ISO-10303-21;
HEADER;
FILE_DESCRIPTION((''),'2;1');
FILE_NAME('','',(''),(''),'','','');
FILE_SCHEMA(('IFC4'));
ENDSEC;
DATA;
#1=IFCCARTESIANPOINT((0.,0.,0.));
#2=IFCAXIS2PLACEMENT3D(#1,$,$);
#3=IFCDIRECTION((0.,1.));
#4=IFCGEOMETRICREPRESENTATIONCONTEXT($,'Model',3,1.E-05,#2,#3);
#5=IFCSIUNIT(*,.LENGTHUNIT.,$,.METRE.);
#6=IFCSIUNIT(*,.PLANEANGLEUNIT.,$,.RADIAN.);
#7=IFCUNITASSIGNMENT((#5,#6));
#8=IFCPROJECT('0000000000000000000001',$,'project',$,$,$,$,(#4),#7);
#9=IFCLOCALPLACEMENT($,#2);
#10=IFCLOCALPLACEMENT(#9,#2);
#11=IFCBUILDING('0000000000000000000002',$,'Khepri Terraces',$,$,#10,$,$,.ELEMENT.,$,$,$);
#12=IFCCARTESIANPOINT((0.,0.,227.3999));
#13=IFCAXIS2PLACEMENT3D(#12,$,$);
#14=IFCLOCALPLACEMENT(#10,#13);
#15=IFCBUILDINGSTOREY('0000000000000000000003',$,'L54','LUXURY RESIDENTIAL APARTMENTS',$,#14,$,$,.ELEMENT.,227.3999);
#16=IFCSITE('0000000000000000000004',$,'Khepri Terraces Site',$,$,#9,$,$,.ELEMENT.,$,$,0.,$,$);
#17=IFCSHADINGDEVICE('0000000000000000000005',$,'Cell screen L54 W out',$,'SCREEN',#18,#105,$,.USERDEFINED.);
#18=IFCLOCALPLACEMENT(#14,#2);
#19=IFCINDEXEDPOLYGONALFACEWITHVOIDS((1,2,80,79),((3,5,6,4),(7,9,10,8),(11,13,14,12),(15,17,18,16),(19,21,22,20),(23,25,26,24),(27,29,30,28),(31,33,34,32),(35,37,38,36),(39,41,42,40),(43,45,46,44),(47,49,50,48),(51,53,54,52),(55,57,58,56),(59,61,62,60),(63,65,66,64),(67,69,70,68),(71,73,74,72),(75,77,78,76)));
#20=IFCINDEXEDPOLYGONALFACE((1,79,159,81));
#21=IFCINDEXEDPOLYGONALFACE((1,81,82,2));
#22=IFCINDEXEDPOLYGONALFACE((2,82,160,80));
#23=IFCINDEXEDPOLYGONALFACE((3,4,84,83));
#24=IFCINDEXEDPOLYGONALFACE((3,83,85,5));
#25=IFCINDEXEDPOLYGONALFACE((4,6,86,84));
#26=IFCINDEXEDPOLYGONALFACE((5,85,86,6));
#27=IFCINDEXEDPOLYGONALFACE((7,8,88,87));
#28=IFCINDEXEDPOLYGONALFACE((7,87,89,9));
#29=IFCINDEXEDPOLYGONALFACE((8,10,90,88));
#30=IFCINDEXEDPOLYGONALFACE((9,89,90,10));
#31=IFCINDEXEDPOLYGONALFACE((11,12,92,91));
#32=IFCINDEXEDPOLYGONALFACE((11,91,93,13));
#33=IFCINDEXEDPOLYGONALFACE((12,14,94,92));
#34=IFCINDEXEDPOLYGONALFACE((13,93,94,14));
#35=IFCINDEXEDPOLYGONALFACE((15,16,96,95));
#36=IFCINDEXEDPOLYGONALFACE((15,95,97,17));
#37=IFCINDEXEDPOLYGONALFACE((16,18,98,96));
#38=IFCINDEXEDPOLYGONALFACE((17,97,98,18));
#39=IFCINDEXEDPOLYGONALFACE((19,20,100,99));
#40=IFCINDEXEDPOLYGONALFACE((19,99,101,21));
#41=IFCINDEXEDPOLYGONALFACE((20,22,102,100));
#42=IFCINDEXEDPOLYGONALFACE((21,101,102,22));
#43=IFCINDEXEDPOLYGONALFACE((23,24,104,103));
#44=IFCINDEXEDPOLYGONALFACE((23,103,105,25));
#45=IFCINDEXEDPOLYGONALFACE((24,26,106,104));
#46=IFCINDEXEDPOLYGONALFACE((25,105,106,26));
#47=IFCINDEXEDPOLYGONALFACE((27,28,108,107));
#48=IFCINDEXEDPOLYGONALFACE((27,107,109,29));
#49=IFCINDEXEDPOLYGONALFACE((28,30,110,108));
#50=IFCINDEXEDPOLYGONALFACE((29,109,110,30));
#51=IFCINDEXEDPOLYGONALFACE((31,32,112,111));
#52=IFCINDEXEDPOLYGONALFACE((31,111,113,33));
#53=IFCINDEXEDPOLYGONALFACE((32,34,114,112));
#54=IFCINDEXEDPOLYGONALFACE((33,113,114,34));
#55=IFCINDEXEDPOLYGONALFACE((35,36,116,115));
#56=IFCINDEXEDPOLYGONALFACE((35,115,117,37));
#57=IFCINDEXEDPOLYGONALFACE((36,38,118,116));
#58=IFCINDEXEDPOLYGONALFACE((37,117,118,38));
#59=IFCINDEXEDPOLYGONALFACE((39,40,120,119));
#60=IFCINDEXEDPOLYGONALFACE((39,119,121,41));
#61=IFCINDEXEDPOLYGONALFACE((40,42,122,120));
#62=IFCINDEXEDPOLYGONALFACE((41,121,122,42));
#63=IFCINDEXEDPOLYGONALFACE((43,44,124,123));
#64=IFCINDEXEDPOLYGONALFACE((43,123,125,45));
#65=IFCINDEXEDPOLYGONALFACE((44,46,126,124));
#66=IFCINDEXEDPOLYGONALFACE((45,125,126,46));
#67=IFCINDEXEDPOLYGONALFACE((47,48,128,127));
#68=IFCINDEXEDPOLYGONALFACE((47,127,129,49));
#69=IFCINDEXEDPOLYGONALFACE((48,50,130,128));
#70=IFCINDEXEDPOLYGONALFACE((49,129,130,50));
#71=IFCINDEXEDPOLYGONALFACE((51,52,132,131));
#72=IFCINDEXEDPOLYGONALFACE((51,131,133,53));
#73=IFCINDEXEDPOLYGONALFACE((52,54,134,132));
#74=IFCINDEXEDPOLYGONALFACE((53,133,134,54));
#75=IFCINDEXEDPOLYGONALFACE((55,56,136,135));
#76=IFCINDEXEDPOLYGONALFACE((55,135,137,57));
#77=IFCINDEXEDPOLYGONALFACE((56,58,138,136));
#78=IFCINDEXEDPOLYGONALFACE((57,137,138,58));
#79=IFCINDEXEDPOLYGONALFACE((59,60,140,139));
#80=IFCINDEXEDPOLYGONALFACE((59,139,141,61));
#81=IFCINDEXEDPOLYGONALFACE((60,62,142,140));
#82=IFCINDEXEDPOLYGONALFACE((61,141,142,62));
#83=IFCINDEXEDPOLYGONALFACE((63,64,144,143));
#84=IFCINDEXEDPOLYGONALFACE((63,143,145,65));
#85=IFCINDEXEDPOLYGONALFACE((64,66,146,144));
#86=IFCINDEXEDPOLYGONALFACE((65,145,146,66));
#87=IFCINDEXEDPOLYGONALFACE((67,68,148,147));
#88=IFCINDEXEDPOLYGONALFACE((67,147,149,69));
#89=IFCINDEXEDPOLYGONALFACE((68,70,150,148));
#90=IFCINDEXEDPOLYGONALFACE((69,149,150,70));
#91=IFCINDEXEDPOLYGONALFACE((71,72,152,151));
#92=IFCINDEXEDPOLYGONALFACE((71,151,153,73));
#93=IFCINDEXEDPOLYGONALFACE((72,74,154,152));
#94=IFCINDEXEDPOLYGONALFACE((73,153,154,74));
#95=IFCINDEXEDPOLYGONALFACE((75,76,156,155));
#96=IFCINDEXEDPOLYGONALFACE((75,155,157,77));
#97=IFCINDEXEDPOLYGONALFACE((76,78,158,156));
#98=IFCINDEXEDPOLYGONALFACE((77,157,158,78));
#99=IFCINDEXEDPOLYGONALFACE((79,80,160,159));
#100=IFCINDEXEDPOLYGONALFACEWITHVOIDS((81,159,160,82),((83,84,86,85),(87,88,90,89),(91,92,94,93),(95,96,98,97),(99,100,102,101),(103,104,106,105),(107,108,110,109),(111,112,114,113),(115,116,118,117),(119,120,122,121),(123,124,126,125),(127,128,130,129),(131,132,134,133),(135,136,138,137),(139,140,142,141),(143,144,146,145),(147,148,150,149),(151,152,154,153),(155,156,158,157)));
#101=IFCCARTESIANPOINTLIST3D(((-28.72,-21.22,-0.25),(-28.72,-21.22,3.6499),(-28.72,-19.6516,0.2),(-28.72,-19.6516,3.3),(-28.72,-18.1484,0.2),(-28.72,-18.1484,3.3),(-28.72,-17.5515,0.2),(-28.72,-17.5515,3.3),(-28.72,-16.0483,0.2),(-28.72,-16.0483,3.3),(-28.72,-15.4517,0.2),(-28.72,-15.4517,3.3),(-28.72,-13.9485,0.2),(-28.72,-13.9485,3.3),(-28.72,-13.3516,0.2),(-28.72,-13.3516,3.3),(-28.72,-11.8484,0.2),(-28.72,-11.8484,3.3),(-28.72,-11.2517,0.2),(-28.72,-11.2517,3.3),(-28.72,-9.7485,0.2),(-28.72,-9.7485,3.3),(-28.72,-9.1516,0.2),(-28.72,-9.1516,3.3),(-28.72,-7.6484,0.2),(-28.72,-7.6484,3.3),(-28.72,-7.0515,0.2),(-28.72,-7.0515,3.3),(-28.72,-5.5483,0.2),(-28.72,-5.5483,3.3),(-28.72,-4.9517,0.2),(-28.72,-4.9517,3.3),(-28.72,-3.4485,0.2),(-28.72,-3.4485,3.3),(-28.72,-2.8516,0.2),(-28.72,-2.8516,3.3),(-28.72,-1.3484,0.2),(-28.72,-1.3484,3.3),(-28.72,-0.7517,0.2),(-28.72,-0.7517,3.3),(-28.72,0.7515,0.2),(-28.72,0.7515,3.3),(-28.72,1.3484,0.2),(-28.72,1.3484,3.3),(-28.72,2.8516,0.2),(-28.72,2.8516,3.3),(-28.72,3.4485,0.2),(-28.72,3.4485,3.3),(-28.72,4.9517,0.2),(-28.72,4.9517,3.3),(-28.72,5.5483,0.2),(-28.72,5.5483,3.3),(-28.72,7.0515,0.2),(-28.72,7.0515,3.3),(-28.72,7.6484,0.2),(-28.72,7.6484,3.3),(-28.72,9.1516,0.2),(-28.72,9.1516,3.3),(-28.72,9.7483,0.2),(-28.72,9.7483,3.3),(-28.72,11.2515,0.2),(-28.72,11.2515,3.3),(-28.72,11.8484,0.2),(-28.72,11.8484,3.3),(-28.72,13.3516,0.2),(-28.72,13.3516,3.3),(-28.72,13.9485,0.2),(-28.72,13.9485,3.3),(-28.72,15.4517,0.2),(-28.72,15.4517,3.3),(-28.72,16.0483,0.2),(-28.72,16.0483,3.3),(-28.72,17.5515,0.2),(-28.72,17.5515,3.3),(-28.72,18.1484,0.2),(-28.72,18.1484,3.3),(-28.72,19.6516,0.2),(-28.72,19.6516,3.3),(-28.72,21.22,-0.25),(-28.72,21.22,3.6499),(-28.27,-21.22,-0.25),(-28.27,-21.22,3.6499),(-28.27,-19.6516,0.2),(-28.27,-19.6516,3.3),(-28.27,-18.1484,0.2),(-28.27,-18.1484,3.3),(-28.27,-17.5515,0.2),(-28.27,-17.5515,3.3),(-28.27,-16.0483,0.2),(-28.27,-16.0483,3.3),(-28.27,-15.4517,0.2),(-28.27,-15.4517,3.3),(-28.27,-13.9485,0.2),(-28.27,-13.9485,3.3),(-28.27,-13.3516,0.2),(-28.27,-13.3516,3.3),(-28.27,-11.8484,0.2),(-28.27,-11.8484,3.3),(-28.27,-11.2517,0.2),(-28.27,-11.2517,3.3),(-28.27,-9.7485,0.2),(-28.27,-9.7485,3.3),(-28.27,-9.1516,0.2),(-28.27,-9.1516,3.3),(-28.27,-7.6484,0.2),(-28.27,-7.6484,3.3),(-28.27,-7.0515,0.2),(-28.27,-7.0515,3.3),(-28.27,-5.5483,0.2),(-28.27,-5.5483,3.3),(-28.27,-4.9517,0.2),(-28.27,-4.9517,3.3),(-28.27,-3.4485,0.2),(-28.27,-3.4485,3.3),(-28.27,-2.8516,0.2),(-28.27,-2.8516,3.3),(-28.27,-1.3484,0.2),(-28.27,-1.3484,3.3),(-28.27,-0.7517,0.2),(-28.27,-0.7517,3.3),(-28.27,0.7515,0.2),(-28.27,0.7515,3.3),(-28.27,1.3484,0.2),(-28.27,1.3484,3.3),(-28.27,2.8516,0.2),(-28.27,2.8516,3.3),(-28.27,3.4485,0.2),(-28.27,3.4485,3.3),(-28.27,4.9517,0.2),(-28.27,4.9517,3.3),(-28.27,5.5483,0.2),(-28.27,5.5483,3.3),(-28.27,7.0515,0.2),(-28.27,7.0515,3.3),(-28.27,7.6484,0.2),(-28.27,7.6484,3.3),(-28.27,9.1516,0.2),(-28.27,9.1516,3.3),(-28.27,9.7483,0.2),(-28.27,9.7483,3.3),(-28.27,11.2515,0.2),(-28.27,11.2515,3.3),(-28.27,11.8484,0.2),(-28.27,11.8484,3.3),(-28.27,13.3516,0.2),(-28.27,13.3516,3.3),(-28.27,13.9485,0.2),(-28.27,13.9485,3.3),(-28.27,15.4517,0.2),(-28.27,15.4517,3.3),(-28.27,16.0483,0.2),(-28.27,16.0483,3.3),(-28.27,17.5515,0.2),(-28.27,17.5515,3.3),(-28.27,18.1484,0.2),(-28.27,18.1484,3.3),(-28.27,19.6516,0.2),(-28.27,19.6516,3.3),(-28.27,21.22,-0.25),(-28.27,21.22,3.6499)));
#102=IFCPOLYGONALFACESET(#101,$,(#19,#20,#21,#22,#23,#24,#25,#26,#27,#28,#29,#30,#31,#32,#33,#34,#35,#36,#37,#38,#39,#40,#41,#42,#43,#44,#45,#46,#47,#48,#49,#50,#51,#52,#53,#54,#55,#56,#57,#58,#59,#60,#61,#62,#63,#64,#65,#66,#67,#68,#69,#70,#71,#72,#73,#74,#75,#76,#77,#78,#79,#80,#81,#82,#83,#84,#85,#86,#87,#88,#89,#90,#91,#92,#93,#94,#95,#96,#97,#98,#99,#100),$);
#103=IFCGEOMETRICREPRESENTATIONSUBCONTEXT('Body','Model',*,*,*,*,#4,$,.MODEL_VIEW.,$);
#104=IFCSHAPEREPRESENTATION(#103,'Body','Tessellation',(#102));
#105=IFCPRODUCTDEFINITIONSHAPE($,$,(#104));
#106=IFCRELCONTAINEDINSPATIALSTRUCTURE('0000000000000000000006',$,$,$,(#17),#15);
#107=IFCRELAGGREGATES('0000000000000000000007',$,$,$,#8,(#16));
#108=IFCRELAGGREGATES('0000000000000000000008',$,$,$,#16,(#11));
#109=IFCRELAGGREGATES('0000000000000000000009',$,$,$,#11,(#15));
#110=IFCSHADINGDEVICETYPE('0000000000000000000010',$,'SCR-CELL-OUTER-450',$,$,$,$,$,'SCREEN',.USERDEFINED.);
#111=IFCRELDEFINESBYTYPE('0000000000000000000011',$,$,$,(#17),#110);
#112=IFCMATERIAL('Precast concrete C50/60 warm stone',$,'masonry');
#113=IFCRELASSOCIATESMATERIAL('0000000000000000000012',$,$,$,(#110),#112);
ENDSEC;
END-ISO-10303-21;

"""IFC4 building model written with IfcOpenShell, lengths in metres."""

from ifc_helpers import new_model, si_unit, direction, frame, origin, place, context, subcontext, project, spatial, polyline, outline, extrude, material, type_object, element, save


model = new_model("IFC4")

# Units and contexts
model_context = context("Model", 3, precision=1e-05, world=origin(), true_north=direction((0.0, 1.0)))
body_context = subcontext(model_context, "Body", "Model", "MODEL_VIEW")
ifc_project = project(units=[si_unit("LENGTHUNIT", "METRE"), si_unit("PLANEANGLEUNIT", "RADIAN")], contexts=[model_context])

# Site, building, storey
site_placement = place(None, origin())
site = spatial("IfcSite", under=ifc_project, at=site_placement, Name="Khepri Terraces Site", CompositionType="ELEMENT", RefElevation=0.0)
building_placement = place(site_placement, origin())
building = spatial("IfcBuilding", under=site, at=building_placement, Name="Khepri Terraces", CompositionType="ELEMENT")
storey_placement = place(building_placement, frame((0.0, 0.0, 227.3999)))
storey = spatial("IfcBuildingStorey", under=building, at=storey_placement, Name="L54", Description="LUXURY RESIDENTIAL APARTMENTS", CompositionType="ELEMENT", Elevation=227.3999)

# Shared definitions
ifc_material_1 = material(Name="Precast concrete C50/60 warm stone", Category="masonry")

# Shading device
shading_device_type_1 = type_object("IfcShadingDeviceType", Name="SCR-CELL-OUTER-450", ElementType="SCREEN", PredefinedType="USERDEFINED", material=ifc_material_1)
shading_device_1_placement = place(storey_placement, frame((-28.27, 21.22, -0.25), z_axis=(-1.0, 0.0, 0.0), x_axis=(0.0, -1.0, 0.0)))
element("IfcShadingDevice", 1, at=shading_device_1_placement, inside=storey, type_object=shading_device_type_1, Name="Cell screen L54 W out", ObjectType="SCREEN", PredefinedType="USERDEFINED", context=body_context, shape_type="SweptSolid", body=[
    extrude(outline(polyline([(0.0, 0.0), (42.4399, 0.0), (42.4399, 3.8999), (0.0, 3.8999), (0.0, 0.0)]), holes=[polyline([(1.5684, 0.45), (3.0715, 0.45), (3.0715, 3.55), (1.5684, 3.55), (1.5684, 0.45)]), polyline([(3.6685, 0.45), (5.1716, 0.45), (5.1716, 3.55), (3.6685, 3.55), (3.6685, 0.45)]), polyline([(5.7683, 0.45), (7.2715, 0.45), (7.2715, 3.55), (5.7683, 3.55), (5.7683, 0.45)]), polyline([(7.8684, 0.45), (9.3716, 0.45), (9.3716, 3.55), (7.8684, 3.55), (7.8684, 0.45)]), polyline([(9.9685, 0.45), (11.4717, 0.45), (11.4717, 3.55), (9.9685, 3.55), (9.9685, 0.45)]), polyline([(12.0684, 0.45), (13.5715, 0.45), (13.5715, 3.55), (12.0684, 3.55), (12.0684, 0.45)]), polyline([(14.1685, 0.45), (15.6716, 0.45), (15.6716, 3.55), (14.1685, 3.55), (14.1685, 0.45)]), polyline([(16.2683, 0.45), (17.7715, 0.45), (17.7715, 3.55), (16.2683, 3.55), (16.2683, 0.45)]), polyline([(18.3684, 0.45), (19.8716, 0.45), (19.8716, 3.55), (18.3684, 3.55), (18.3684, 0.45)]), polyline([(20.4685, 0.45), (21.9717, 0.45), (21.9717, 3.55), (20.4685, 3.55), (20.4685, 0.45)]), polyline([(22.5684, 0.45), (24.0715, 0.45), (24.0715, 3.55), (22.5684, 3.55), (22.5684, 0.45)]), polyline([(24.6685, 0.45), (26.1716, 0.45), (26.1716, 3.55), (24.6685, 3.55), (24.6685, 0.45)]), polyline([(26.7683, 0.45), (28.2715, 0.45), (28.2715, 3.55), (26.7683, 3.55), (26.7683, 0.45)]), polyline([(28.8684, 0.45), (30.3716, 0.45), (30.3716, 3.55), (28.8684, 3.55), (28.8684, 0.45)]), polyline([(30.9685, 0.45), (32.4717, 0.45), (32.4717, 3.55), (30.9685, 3.55), (30.9685, 0.45)]), polyline([(33.0684, 0.45), (34.5715, 0.45), (34.5715, 3.55), (33.0684, 3.55), (33.0684, 0.45)]), polyline([(35.1685, 0.45), (36.6716, 0.45), (36.6716, 3.55), (35.1685, 3.55), (35.1685, 0.45)]), polyline([(37.2683, 0.45), (38.7715, 0.45), (38.7715, 3.55), (37.2683, 3.55), (37.2683, 0.45)]), polyline([(39.3684, 0.45), (40.8716, 0.45), (40.8716, 3.55), (39.3684, 3.55), (39.3684, 0.45)])]), origin(), (0.0, 0.0, 1.0), 0.45),
])

save(model, "model.ifc")
